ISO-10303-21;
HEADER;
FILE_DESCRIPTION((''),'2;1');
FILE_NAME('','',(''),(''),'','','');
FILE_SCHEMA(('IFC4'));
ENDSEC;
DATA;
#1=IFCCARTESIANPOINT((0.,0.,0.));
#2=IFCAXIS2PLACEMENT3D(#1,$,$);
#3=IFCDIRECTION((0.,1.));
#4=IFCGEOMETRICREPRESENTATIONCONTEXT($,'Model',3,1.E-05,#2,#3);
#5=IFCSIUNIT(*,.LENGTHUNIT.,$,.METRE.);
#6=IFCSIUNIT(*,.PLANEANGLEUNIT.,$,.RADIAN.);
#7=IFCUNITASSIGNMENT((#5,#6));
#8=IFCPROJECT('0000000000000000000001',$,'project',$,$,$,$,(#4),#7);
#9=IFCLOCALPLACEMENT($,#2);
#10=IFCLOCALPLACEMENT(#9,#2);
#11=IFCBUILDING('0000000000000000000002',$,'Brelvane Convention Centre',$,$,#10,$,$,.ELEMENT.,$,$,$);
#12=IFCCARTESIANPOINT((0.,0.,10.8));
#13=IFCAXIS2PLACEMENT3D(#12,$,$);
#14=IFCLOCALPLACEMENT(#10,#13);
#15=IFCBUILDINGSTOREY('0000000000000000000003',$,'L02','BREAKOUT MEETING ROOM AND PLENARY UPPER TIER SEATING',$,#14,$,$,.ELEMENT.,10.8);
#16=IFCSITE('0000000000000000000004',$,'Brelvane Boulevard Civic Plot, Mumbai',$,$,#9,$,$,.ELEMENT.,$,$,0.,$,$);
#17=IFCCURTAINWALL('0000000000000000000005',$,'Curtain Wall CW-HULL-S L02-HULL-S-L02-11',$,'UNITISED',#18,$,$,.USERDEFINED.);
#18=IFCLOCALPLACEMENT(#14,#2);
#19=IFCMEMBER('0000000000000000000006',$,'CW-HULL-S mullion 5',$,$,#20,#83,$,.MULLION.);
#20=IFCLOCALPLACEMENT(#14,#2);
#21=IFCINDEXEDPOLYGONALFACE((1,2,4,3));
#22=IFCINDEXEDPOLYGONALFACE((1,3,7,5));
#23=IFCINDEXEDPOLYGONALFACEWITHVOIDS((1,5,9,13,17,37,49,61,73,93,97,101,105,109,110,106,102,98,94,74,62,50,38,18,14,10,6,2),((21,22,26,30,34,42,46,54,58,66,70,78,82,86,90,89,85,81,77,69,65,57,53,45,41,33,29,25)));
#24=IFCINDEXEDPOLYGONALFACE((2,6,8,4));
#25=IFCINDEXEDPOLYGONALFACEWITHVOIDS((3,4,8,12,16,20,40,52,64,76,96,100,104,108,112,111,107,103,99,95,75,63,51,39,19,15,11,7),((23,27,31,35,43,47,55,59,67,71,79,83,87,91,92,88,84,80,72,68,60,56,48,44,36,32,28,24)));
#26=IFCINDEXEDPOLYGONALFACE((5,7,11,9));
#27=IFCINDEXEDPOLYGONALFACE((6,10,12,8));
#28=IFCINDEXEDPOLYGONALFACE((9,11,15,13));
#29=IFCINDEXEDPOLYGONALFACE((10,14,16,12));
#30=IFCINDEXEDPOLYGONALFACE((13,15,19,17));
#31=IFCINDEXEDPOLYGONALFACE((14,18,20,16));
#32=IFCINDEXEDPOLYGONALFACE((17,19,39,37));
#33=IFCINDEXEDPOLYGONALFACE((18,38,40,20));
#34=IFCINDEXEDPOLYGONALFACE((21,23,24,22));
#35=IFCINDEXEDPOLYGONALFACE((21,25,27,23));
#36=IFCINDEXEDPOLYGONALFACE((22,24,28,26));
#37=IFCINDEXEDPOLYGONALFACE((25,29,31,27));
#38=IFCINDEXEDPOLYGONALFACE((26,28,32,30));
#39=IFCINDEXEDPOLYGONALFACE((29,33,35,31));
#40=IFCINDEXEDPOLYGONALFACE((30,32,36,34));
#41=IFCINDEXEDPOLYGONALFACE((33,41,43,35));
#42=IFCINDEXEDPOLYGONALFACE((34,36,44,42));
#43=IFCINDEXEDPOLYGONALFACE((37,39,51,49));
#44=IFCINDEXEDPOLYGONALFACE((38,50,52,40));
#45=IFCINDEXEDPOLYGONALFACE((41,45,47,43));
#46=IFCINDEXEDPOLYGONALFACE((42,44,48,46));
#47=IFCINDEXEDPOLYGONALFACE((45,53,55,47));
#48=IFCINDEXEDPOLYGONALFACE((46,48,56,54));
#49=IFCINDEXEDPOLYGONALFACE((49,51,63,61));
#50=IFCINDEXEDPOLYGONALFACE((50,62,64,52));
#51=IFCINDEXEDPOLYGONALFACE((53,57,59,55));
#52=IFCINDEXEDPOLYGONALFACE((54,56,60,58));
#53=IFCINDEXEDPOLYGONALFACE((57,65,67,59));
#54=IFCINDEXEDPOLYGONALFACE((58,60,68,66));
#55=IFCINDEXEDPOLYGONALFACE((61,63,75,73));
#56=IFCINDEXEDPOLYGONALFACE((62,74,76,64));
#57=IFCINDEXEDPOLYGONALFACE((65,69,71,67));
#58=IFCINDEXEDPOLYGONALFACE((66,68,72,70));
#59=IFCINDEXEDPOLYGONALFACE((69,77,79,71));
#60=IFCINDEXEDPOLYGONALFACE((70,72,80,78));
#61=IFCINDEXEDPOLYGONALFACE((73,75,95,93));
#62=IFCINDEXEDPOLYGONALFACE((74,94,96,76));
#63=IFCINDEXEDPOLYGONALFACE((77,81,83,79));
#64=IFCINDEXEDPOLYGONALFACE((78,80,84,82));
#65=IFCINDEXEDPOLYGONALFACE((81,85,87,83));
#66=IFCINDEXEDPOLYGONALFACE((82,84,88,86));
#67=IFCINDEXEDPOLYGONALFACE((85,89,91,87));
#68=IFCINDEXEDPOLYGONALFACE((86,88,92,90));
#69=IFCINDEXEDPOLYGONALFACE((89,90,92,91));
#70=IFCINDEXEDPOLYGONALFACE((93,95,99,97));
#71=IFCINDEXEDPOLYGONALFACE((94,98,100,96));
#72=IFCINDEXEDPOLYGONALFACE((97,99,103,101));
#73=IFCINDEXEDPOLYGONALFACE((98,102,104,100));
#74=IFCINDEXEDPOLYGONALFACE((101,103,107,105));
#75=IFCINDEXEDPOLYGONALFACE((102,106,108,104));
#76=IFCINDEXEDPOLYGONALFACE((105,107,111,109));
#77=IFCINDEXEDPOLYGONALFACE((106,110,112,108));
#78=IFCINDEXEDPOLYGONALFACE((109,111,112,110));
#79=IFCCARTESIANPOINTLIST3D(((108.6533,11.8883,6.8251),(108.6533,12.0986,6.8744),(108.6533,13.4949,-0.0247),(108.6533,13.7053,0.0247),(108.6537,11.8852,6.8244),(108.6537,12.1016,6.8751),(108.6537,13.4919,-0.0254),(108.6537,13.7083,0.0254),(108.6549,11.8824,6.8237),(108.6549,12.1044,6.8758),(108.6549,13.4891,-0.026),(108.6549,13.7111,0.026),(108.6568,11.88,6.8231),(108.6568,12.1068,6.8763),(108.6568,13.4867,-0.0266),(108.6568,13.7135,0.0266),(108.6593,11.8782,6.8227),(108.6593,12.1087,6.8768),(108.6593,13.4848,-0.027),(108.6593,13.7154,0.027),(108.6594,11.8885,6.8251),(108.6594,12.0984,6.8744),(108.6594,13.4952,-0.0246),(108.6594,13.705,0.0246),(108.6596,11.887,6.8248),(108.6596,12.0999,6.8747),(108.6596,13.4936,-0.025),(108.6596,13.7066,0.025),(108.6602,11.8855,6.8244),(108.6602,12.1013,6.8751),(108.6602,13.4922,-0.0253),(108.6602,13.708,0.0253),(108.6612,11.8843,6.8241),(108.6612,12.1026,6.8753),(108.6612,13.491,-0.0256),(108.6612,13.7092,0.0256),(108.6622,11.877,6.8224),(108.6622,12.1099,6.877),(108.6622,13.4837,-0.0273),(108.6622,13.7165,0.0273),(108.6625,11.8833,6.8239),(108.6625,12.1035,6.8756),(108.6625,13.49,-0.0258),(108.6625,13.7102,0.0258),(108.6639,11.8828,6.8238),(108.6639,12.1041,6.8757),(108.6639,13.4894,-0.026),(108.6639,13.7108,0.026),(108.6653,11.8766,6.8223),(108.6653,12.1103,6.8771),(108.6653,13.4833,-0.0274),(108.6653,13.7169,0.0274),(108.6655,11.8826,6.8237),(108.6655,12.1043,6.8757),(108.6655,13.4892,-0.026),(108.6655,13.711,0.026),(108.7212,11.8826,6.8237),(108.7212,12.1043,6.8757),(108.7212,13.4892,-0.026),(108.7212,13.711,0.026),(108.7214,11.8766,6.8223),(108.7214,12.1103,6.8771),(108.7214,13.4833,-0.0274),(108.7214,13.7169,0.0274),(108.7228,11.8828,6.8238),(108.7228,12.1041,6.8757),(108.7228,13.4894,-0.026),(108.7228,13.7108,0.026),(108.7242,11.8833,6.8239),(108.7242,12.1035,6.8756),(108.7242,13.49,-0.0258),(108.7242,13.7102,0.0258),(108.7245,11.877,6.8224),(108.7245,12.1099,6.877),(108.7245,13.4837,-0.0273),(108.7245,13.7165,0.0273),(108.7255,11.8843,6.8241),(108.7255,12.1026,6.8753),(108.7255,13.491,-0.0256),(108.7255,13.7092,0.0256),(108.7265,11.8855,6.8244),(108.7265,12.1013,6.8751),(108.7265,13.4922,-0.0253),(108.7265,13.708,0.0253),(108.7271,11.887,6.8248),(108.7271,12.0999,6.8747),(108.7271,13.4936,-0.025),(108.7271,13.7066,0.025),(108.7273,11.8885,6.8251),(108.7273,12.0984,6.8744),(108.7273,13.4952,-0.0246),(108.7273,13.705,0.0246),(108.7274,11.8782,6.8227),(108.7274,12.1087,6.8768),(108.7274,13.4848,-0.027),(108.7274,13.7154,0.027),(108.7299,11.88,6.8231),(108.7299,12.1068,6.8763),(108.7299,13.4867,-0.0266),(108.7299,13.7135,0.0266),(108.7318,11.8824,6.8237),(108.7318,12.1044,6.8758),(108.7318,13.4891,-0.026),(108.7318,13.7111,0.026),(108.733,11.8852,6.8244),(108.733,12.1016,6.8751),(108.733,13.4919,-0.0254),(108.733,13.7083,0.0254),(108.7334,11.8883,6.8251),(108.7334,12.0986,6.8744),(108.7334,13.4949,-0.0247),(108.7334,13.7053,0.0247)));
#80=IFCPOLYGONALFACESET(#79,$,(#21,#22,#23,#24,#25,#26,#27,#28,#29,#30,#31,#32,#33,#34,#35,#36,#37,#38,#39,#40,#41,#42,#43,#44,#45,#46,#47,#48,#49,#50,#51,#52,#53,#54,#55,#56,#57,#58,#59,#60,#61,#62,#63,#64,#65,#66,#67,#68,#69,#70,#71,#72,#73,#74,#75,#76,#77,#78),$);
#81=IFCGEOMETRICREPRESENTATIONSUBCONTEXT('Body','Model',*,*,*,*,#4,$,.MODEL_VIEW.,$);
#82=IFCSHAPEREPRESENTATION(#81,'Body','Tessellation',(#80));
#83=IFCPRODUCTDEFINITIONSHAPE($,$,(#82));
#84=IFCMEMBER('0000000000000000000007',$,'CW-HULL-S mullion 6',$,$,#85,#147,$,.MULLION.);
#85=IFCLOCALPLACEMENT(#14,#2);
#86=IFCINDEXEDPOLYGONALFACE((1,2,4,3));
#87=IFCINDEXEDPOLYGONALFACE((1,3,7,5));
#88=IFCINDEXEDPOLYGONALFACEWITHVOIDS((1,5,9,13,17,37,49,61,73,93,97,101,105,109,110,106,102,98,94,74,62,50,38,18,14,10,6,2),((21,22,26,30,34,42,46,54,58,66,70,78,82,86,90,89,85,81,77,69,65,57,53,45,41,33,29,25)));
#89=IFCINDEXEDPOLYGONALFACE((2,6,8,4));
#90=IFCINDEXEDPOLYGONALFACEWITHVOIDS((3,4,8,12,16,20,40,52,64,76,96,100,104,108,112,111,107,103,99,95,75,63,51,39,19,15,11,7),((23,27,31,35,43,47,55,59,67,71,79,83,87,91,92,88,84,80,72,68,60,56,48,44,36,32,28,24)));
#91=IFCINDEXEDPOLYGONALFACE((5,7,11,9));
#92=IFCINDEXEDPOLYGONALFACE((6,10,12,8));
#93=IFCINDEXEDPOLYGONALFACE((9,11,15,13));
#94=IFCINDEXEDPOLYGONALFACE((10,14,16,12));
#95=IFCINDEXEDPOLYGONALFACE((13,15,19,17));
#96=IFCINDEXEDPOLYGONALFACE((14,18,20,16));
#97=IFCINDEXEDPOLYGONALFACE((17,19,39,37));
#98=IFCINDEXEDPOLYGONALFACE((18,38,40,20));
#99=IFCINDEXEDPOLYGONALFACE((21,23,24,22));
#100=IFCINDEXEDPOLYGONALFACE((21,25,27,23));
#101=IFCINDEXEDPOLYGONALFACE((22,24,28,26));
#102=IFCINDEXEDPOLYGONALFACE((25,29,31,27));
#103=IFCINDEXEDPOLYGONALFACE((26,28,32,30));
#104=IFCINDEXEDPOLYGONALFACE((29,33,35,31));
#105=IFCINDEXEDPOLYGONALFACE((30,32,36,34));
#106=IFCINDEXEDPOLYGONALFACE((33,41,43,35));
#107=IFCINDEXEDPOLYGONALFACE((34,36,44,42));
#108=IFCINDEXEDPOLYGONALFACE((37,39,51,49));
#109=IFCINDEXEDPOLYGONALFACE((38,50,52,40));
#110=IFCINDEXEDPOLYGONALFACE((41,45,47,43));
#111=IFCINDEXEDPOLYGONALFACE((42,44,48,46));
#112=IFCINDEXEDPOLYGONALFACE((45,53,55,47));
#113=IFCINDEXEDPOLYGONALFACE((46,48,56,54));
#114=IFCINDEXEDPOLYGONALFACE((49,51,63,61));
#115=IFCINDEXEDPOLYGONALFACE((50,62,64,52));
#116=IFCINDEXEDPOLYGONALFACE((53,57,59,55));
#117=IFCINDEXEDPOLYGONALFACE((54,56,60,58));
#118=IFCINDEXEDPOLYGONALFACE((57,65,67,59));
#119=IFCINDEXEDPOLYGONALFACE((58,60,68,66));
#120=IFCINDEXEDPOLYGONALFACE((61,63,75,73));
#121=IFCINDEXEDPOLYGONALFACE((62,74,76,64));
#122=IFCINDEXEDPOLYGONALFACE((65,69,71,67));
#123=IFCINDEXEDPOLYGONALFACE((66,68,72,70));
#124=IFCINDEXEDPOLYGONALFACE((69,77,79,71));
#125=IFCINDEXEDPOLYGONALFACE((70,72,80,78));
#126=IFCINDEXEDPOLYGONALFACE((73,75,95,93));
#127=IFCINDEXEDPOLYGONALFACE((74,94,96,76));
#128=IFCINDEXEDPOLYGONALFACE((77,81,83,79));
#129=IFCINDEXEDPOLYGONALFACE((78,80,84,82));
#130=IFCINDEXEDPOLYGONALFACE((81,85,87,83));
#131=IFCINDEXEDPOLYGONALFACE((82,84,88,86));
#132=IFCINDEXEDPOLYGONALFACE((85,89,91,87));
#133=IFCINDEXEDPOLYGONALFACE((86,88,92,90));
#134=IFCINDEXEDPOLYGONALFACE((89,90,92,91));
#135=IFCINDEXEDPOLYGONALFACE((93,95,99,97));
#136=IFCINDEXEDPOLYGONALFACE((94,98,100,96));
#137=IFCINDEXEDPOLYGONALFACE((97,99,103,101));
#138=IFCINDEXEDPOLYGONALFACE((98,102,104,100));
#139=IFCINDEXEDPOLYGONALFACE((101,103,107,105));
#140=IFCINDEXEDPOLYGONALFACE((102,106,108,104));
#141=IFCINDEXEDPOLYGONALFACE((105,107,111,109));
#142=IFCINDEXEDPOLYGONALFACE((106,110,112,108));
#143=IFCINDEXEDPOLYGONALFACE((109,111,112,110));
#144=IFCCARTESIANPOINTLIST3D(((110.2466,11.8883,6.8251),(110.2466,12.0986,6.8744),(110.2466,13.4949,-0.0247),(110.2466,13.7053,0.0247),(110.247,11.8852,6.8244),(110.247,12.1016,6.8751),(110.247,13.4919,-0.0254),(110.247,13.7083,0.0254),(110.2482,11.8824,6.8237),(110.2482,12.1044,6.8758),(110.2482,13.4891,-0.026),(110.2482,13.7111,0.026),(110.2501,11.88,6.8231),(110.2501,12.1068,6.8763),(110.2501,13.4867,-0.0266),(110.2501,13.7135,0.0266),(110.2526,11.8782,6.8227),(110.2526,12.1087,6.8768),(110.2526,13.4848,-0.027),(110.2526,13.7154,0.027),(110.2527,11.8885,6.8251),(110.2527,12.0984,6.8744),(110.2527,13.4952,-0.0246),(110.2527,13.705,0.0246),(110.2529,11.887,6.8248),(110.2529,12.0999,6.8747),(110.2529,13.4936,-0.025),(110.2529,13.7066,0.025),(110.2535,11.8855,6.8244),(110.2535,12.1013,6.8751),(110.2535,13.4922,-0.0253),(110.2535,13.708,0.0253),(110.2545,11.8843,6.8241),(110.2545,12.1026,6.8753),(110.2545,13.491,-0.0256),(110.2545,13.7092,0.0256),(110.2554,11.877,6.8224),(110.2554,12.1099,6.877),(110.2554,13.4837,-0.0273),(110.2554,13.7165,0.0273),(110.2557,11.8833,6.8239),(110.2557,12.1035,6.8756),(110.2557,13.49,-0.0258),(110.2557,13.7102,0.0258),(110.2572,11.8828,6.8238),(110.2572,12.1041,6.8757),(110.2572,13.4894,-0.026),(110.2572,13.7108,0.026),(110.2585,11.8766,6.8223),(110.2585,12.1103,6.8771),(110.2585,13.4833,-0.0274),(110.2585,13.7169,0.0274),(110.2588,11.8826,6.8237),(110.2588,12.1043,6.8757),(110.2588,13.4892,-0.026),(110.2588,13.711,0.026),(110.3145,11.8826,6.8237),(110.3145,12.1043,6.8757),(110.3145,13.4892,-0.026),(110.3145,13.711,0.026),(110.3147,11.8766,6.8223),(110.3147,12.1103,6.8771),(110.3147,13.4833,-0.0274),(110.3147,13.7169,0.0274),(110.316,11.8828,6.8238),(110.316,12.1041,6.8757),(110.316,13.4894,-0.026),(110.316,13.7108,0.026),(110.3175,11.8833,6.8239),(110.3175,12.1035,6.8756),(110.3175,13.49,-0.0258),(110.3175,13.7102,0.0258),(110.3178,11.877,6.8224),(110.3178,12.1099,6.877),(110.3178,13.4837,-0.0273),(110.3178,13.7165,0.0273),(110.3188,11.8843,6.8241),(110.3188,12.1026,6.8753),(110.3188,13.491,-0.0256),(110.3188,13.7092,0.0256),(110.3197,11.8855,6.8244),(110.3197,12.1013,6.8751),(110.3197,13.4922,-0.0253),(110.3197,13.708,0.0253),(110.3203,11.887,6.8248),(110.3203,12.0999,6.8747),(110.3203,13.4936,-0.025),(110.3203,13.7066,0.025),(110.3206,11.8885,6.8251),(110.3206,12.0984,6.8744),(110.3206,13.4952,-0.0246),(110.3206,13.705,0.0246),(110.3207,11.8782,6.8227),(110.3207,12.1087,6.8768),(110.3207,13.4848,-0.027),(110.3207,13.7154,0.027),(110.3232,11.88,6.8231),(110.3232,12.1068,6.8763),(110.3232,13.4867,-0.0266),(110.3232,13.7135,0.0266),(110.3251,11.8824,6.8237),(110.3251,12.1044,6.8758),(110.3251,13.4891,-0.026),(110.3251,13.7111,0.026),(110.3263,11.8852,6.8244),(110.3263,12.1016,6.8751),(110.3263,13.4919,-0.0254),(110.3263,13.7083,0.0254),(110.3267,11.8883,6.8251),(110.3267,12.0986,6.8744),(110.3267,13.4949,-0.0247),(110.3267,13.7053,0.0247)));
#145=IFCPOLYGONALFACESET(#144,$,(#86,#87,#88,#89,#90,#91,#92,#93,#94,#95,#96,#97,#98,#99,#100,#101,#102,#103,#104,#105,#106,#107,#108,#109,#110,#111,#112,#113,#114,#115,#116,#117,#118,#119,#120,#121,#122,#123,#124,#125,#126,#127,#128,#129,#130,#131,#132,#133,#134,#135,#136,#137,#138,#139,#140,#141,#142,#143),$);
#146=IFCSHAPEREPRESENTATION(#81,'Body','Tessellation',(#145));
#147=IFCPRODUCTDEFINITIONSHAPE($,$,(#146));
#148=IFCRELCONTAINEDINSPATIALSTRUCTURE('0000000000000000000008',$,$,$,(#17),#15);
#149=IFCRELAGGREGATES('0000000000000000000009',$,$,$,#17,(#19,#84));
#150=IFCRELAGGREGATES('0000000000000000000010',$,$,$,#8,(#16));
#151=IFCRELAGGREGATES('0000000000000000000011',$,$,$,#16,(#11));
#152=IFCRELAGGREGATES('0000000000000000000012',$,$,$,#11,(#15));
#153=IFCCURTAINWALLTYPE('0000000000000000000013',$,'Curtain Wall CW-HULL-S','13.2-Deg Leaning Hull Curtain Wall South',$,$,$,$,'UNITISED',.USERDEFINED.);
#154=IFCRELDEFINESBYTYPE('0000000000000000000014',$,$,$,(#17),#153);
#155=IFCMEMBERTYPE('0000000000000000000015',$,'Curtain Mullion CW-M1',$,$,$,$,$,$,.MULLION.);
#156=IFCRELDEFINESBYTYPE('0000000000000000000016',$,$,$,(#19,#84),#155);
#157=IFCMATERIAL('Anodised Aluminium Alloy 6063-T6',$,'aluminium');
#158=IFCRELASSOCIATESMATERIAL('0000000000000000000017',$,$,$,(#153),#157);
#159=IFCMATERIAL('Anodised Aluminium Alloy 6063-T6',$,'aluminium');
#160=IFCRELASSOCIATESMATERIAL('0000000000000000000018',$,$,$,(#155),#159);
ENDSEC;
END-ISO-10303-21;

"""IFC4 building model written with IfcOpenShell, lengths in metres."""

from ifc_helpers import new_model, si_unit, direction, frame, origin, origin_2d, place, context, subcontext, project, spatial, hollow_rectangle, extrude, material, material_profile, profile_set, type_object, element, aggregate, save


model = new_model("IFC4")

# Units and contexts
model_context = context("Model", 3, precision=1e-05, world=origin(), true_north=direction((0.0, 1.0)))
body_context = subcontext(model_context, "Body", "Model", "MODEL_VIEW")
ifc_project = project(units=[si_unit("LENGTHUNIT", "METRE"), si_unit("PLANEANGLEUNIT", "RADIAN")], contexts=[model_context])

# Site, building, storey
site_placement = place(None, origin())
site = spatial("IfcSite", under=ifc_project, at=site_placement, Name="Brelvane Boulevard Civic Plot, Mumbai", CompositionType="ELEMENT", RefElevation=0.0)
building_placement = place(site_placement, origin())
building = spatial("IfcBuilding", under=site, at=building_placement, Name="Brelvane Convention Centre", CompositionType="ELEMENT")
storey_placement = place(building_placement, frame((0.0, 0.0, 10.8)))
storey = spatial("IfcBuildingStorey", under=building, at=storey_placement, Name="L02", Description="BREAKOUT MEETING ROOM AND PLENARY UPPER TIER SEATING", CompositionType="ELEMENT", Elevation=10.8)

# Curtain wall, members
ifc_material_1 = material(Name="Anodised Aluminium Alloy 6063-T6", Category="aluminium")
curtain_wall_type = type_object("IfcCurtainWallType", Name="Curtain Wall CW-HULL-S", Description="13.2-Deg Leaning Hull Curtain Wall South", ElementType="UNITISED", PredefinedType="USERDEFINED", material=ifc_material_1)
curtain_wall_1_placement = place(storey_placement, origin())
curtain_wall_1 = element("IfcCurtainWall", 1, at=curtain_wall_1_placement, inside=storey, type_object=curtain_wall_type, Name="Curtain Wall CW-HULL-S L02-HULL-S-L02-11", ObjectType="UNITISED", PredefinedType="USERDEFINED")
ifc_material_2 = material(Name="Anodised Aluminium Alloy 6063-T6", Category="aluminium")
ifc_material_profile_1 = material_profile(ifc_material_2, hollow_rectangle(XDim=0.0801, YDim=0.24, WallThickness=0.0061, InnerFilletRadius=0.0061, OuterFilletRadius=0.012, at=origin_2d()), Name="ALU-M 240x80x6.0")
ifc_profile_set_1 = profile_set([ifc_material_profile_1], Name="Anodised Aluminium Alloy 6063-T6")
member_type_1 = type_object("IfcMemberType", Name="Curtain Mullion CW-M1", PredefinedType="MULLION", material=ifc_profile_set_1)
member_1_placement = place(storey_placement, frame((108.6934, 13.6001, 0.0), z_axis=(0.0, -0.22836, 0.973577), x_axis=(1.0, 0.0, 0.0)))
member_1 = element("IfcMember", 2, at=member_1_placement, type_object=member_type_1, Name="CW-HULL-S mullion 5", PredefinedType="MULLION", context=body_context, shape_type="SweptSolid", body=[
    extrude(hollow_rectangle(XDim=0.0801, YDim=0.24, WallThickness=0.0061, InnerFilletRadius=0.0061, OuterFilletRadius=0.012, at=origin_2d()), origin(), (0.0, 0.0, 1.0), 7.0356),
])
member_2_placement = place(storey_placement, frame((110.2866, 13.6001, 0.0), z_axis=(0.0, -0.22836, 0.973577), x_axis=(1.0, 0.0, 0.0)))
member_2 = element("IfcMember", 3, at=member_2_placement, type_object=member_type_1, Name="CW-HULL-S mullion 6", PredefinedType="MULLION", context=body_context, shape_type="SweptSolid", body=[
    extrude(hollow_rectangle(XDim=0.0801, YDim=0.24, WallThickness=0.0061, InnerFilletRadius=0.0061, OuterFilletRadius=0.012, at=origin_2d()), origin(), (0.0, 0.0, 1.0), 7.0356),
])

aggregate(curtain_wall_1, [member_1, member_2])

save(model, "model.ifc")
